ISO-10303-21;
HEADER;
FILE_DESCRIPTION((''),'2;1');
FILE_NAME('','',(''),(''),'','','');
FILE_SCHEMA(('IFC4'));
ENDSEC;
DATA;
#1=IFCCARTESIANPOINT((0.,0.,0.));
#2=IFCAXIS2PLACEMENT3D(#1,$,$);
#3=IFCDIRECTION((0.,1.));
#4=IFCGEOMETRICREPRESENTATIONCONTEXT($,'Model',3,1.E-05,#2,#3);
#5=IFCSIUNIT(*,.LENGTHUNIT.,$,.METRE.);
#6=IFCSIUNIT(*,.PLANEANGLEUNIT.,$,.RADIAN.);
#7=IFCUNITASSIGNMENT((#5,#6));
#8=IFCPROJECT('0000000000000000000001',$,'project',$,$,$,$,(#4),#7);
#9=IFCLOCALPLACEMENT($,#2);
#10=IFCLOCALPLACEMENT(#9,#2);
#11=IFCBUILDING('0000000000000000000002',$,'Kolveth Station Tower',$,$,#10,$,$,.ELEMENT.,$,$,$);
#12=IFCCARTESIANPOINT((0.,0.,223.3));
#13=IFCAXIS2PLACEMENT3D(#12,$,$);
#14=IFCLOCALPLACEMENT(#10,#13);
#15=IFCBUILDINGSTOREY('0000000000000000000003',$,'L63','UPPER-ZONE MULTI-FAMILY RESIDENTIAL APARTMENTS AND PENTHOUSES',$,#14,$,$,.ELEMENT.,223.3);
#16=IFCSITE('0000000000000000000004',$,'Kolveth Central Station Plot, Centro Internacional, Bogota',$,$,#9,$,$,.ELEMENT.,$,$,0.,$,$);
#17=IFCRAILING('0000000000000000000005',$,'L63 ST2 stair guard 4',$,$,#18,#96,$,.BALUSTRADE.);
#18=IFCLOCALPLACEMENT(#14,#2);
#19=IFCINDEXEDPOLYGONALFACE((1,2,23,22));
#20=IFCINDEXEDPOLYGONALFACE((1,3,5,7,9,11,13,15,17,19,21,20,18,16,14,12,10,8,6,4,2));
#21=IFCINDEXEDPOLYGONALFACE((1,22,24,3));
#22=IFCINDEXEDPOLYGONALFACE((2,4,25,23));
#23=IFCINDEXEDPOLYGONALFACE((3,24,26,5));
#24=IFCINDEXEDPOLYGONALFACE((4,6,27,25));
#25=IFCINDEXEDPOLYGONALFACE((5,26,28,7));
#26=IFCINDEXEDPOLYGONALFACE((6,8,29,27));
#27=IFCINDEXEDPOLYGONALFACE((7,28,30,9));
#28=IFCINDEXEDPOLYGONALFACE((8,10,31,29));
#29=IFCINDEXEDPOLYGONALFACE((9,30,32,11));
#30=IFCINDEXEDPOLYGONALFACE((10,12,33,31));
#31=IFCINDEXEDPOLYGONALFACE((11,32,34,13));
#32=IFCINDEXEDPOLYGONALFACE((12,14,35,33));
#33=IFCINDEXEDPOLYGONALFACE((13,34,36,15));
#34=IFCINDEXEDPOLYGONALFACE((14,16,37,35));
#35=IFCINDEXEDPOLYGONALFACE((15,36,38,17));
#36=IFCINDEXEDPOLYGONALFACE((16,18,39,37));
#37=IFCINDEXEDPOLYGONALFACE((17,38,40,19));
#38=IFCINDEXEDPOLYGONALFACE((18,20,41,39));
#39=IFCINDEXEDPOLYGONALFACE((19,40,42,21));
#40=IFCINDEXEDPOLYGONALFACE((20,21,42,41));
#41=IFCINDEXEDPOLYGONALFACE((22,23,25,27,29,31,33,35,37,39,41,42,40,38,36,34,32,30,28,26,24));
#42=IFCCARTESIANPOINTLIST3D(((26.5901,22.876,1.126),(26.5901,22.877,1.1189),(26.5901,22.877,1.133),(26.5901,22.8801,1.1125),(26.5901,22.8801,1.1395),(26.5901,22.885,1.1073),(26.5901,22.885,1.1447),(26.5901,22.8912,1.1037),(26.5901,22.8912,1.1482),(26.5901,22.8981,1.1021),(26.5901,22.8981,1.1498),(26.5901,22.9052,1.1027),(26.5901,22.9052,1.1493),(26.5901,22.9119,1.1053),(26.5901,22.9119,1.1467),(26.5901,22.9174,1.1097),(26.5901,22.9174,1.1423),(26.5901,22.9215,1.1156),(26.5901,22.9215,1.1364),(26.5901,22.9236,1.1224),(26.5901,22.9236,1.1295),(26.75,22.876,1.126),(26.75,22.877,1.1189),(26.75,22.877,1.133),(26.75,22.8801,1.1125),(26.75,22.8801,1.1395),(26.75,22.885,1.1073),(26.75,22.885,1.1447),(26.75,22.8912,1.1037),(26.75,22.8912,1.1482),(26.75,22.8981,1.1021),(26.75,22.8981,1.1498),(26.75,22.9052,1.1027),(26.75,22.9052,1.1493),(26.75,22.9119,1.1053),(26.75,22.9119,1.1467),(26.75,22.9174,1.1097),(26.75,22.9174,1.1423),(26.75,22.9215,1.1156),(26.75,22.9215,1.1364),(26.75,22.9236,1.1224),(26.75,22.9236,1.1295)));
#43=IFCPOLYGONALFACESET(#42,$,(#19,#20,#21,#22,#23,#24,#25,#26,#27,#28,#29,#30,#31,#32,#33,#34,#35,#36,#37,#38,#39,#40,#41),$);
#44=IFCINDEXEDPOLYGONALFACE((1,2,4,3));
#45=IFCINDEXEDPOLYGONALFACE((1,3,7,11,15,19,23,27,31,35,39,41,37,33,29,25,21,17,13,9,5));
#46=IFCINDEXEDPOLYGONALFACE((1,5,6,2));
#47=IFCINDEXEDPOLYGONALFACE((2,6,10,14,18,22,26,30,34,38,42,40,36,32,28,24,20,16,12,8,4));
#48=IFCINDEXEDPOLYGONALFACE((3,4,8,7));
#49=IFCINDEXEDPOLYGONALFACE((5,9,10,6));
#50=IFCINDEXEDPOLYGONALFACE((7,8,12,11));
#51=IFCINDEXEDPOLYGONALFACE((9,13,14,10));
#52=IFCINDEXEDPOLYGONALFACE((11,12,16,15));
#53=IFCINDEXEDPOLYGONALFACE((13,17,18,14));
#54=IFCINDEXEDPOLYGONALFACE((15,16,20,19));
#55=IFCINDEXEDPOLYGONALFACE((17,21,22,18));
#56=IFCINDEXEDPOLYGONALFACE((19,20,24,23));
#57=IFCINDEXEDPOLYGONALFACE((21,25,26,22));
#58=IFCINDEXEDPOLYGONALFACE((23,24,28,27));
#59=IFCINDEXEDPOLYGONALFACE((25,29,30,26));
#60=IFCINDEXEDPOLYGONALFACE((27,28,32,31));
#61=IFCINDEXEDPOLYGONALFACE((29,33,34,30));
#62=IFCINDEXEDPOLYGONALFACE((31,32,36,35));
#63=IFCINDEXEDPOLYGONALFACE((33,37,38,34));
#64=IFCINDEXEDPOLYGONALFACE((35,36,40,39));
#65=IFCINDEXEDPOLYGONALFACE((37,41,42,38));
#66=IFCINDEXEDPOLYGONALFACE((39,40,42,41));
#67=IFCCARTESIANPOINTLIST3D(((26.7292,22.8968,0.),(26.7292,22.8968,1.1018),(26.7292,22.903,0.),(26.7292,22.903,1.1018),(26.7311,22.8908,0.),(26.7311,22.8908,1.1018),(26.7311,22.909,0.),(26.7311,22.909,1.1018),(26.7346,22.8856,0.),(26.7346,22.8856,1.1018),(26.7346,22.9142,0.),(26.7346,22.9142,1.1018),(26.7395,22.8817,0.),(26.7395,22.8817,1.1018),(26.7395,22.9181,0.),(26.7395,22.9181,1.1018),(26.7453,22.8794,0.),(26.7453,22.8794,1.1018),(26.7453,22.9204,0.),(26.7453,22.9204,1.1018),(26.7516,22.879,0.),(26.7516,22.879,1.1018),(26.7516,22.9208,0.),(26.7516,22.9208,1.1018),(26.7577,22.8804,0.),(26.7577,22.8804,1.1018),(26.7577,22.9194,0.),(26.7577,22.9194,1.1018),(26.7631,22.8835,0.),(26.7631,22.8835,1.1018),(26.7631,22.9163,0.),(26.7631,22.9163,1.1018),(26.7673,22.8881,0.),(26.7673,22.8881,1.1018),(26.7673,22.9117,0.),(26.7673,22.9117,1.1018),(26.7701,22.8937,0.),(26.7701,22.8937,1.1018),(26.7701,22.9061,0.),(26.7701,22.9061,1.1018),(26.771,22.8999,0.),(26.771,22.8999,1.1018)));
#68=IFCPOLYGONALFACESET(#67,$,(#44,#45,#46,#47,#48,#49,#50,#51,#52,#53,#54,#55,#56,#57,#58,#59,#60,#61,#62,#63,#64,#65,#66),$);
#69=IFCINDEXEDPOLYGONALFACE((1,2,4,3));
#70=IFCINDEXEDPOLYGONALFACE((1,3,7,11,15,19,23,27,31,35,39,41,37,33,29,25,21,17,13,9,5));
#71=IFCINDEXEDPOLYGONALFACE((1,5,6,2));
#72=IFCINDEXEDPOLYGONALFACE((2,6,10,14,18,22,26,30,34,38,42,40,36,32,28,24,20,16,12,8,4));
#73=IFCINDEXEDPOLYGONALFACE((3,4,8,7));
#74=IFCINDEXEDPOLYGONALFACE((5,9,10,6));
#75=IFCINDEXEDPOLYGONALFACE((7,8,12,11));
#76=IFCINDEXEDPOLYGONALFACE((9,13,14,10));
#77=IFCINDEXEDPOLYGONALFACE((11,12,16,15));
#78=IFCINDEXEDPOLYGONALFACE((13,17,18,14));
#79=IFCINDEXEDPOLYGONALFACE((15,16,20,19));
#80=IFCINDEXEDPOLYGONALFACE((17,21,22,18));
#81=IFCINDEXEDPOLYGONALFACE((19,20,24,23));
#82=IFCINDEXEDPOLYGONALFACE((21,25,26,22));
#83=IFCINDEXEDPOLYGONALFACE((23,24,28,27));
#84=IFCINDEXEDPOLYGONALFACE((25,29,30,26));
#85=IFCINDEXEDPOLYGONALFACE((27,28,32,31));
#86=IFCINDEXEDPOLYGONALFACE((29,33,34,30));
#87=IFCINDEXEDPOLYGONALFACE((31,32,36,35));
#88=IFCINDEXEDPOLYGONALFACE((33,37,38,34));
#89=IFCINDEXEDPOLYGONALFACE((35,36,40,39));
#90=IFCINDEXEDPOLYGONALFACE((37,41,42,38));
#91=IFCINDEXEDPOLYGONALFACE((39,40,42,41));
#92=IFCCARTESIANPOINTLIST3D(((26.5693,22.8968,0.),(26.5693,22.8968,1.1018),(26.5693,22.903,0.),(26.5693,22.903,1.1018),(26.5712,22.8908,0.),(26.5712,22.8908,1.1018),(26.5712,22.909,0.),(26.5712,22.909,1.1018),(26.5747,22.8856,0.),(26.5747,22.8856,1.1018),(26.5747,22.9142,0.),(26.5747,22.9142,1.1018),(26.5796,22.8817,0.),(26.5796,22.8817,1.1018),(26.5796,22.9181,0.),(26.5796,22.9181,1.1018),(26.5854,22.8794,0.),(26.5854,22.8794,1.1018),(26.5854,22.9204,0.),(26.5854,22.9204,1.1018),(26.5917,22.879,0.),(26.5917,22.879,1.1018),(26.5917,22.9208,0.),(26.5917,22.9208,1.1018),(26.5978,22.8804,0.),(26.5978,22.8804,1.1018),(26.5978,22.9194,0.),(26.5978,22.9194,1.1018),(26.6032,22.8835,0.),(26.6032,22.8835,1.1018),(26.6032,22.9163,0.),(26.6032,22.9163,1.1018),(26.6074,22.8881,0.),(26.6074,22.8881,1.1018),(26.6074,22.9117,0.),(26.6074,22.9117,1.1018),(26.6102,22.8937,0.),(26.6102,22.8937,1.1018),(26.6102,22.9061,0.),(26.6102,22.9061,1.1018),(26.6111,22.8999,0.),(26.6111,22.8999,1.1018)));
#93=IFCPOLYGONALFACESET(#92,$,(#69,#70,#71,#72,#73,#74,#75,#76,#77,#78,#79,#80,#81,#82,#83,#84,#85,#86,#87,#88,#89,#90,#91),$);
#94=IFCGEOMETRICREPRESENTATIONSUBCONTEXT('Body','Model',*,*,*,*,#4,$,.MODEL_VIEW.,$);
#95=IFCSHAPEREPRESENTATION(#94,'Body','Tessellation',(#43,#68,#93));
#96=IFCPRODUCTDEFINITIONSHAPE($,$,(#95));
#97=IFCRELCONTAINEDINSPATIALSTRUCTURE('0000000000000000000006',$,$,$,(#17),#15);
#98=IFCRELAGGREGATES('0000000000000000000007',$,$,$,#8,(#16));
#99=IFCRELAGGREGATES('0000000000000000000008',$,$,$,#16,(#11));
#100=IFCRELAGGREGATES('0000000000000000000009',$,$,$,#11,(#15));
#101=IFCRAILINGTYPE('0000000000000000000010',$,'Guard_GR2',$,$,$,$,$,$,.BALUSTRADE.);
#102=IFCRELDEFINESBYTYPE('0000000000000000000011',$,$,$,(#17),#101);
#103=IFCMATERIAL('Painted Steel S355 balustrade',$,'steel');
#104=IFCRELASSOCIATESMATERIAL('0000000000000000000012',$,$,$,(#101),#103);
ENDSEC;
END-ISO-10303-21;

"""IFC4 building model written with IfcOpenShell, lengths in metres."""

from ifc_helpers import new_model, si_unit, direction, frame, origin, origin_2d, place, context, subcontext, project, spatial, circle, extrude, material, type_object, element, save


model = new_model("IFC4")

# Units and contexts
model_context = context("Model", 3, precision=1e-05, world=origin(), true_north=direction((0.0, 1.0)))
body_context = subcontext(model_context, "Body", "Model", "MODEL_VIEW")
ifc_project = project(units=[si_unit("LENGTHUNIT", "METRE"), si_unit("PLANEANGLEUNIT", "RADIAN")], contexts=[model_context])

# Site, building, storey
site_placement = place(None, origin())
site = spatial("IfcSite", under=ifc_project, at=site_placement, Name="Kolveth Central Station Plot, Centro Internacional, Bogota", CompositionType="ELEMENT", RefElevation=0.0)
building_placement = place(site_placement, origin())
building = spatial("IfcBuilding", under=site, at=building_placement, Name="Kolveth Station Tower", CompositionType="ELEMENT")
storey_placement = place(building_placement, frame((0.0, 0.0, 223.3)))
storey = spatial("IfcBuildingStorey", under=building, at=storey_placement, Name="L63", Description="UPPER-ZONE MULTI-FAMILY RESIDENTIAL APARTMENTS AND PENTHOUSES", CompositionType="ELEMENT", Elevation=223.3)

# Railing
ifc_material_1 = material(Name="Painted Steel S355 balustrade", Category="steel")
railing_type_1 = type_object("IfcRailingType", Name="Guard_GR2", PredefinedType="BALUSTRADE", material=ifc_material_1)
railing_1_placement = place(storey_placement, frame((26.75, 22.8999, 0.0)))
element("IfcRailing", 1, at=railing_1_placement, inside=storey, type_object=railing_type_1, Name="L63 ST2 stair guard 4", PredefinedType="BALUSTRADE", context=body_context, shape_type="SweptSolid", body=[
    extrude(circle(Radius=0.0239, at=origin_2d()), frame((0.0, 0.0, 1.126), z_axis=(-1.0, 0.0, 0.0), x_axis=(0.0, -1.0, 0.0)), (0.0, 0.0, 1.0), 0.1599),
    extrude(circle(Radius=0.021, at=origin_2d()), origin(), (0.0, 0.0, 1.0), 1.1018),
    extrude(circle(Radius=0.021, at=origin_2d()), frame((-0.1599, 0.0, 0.0)), (0.0, 0.0, 1.0), 1.1018),
])

save(model, "model.ifc")
